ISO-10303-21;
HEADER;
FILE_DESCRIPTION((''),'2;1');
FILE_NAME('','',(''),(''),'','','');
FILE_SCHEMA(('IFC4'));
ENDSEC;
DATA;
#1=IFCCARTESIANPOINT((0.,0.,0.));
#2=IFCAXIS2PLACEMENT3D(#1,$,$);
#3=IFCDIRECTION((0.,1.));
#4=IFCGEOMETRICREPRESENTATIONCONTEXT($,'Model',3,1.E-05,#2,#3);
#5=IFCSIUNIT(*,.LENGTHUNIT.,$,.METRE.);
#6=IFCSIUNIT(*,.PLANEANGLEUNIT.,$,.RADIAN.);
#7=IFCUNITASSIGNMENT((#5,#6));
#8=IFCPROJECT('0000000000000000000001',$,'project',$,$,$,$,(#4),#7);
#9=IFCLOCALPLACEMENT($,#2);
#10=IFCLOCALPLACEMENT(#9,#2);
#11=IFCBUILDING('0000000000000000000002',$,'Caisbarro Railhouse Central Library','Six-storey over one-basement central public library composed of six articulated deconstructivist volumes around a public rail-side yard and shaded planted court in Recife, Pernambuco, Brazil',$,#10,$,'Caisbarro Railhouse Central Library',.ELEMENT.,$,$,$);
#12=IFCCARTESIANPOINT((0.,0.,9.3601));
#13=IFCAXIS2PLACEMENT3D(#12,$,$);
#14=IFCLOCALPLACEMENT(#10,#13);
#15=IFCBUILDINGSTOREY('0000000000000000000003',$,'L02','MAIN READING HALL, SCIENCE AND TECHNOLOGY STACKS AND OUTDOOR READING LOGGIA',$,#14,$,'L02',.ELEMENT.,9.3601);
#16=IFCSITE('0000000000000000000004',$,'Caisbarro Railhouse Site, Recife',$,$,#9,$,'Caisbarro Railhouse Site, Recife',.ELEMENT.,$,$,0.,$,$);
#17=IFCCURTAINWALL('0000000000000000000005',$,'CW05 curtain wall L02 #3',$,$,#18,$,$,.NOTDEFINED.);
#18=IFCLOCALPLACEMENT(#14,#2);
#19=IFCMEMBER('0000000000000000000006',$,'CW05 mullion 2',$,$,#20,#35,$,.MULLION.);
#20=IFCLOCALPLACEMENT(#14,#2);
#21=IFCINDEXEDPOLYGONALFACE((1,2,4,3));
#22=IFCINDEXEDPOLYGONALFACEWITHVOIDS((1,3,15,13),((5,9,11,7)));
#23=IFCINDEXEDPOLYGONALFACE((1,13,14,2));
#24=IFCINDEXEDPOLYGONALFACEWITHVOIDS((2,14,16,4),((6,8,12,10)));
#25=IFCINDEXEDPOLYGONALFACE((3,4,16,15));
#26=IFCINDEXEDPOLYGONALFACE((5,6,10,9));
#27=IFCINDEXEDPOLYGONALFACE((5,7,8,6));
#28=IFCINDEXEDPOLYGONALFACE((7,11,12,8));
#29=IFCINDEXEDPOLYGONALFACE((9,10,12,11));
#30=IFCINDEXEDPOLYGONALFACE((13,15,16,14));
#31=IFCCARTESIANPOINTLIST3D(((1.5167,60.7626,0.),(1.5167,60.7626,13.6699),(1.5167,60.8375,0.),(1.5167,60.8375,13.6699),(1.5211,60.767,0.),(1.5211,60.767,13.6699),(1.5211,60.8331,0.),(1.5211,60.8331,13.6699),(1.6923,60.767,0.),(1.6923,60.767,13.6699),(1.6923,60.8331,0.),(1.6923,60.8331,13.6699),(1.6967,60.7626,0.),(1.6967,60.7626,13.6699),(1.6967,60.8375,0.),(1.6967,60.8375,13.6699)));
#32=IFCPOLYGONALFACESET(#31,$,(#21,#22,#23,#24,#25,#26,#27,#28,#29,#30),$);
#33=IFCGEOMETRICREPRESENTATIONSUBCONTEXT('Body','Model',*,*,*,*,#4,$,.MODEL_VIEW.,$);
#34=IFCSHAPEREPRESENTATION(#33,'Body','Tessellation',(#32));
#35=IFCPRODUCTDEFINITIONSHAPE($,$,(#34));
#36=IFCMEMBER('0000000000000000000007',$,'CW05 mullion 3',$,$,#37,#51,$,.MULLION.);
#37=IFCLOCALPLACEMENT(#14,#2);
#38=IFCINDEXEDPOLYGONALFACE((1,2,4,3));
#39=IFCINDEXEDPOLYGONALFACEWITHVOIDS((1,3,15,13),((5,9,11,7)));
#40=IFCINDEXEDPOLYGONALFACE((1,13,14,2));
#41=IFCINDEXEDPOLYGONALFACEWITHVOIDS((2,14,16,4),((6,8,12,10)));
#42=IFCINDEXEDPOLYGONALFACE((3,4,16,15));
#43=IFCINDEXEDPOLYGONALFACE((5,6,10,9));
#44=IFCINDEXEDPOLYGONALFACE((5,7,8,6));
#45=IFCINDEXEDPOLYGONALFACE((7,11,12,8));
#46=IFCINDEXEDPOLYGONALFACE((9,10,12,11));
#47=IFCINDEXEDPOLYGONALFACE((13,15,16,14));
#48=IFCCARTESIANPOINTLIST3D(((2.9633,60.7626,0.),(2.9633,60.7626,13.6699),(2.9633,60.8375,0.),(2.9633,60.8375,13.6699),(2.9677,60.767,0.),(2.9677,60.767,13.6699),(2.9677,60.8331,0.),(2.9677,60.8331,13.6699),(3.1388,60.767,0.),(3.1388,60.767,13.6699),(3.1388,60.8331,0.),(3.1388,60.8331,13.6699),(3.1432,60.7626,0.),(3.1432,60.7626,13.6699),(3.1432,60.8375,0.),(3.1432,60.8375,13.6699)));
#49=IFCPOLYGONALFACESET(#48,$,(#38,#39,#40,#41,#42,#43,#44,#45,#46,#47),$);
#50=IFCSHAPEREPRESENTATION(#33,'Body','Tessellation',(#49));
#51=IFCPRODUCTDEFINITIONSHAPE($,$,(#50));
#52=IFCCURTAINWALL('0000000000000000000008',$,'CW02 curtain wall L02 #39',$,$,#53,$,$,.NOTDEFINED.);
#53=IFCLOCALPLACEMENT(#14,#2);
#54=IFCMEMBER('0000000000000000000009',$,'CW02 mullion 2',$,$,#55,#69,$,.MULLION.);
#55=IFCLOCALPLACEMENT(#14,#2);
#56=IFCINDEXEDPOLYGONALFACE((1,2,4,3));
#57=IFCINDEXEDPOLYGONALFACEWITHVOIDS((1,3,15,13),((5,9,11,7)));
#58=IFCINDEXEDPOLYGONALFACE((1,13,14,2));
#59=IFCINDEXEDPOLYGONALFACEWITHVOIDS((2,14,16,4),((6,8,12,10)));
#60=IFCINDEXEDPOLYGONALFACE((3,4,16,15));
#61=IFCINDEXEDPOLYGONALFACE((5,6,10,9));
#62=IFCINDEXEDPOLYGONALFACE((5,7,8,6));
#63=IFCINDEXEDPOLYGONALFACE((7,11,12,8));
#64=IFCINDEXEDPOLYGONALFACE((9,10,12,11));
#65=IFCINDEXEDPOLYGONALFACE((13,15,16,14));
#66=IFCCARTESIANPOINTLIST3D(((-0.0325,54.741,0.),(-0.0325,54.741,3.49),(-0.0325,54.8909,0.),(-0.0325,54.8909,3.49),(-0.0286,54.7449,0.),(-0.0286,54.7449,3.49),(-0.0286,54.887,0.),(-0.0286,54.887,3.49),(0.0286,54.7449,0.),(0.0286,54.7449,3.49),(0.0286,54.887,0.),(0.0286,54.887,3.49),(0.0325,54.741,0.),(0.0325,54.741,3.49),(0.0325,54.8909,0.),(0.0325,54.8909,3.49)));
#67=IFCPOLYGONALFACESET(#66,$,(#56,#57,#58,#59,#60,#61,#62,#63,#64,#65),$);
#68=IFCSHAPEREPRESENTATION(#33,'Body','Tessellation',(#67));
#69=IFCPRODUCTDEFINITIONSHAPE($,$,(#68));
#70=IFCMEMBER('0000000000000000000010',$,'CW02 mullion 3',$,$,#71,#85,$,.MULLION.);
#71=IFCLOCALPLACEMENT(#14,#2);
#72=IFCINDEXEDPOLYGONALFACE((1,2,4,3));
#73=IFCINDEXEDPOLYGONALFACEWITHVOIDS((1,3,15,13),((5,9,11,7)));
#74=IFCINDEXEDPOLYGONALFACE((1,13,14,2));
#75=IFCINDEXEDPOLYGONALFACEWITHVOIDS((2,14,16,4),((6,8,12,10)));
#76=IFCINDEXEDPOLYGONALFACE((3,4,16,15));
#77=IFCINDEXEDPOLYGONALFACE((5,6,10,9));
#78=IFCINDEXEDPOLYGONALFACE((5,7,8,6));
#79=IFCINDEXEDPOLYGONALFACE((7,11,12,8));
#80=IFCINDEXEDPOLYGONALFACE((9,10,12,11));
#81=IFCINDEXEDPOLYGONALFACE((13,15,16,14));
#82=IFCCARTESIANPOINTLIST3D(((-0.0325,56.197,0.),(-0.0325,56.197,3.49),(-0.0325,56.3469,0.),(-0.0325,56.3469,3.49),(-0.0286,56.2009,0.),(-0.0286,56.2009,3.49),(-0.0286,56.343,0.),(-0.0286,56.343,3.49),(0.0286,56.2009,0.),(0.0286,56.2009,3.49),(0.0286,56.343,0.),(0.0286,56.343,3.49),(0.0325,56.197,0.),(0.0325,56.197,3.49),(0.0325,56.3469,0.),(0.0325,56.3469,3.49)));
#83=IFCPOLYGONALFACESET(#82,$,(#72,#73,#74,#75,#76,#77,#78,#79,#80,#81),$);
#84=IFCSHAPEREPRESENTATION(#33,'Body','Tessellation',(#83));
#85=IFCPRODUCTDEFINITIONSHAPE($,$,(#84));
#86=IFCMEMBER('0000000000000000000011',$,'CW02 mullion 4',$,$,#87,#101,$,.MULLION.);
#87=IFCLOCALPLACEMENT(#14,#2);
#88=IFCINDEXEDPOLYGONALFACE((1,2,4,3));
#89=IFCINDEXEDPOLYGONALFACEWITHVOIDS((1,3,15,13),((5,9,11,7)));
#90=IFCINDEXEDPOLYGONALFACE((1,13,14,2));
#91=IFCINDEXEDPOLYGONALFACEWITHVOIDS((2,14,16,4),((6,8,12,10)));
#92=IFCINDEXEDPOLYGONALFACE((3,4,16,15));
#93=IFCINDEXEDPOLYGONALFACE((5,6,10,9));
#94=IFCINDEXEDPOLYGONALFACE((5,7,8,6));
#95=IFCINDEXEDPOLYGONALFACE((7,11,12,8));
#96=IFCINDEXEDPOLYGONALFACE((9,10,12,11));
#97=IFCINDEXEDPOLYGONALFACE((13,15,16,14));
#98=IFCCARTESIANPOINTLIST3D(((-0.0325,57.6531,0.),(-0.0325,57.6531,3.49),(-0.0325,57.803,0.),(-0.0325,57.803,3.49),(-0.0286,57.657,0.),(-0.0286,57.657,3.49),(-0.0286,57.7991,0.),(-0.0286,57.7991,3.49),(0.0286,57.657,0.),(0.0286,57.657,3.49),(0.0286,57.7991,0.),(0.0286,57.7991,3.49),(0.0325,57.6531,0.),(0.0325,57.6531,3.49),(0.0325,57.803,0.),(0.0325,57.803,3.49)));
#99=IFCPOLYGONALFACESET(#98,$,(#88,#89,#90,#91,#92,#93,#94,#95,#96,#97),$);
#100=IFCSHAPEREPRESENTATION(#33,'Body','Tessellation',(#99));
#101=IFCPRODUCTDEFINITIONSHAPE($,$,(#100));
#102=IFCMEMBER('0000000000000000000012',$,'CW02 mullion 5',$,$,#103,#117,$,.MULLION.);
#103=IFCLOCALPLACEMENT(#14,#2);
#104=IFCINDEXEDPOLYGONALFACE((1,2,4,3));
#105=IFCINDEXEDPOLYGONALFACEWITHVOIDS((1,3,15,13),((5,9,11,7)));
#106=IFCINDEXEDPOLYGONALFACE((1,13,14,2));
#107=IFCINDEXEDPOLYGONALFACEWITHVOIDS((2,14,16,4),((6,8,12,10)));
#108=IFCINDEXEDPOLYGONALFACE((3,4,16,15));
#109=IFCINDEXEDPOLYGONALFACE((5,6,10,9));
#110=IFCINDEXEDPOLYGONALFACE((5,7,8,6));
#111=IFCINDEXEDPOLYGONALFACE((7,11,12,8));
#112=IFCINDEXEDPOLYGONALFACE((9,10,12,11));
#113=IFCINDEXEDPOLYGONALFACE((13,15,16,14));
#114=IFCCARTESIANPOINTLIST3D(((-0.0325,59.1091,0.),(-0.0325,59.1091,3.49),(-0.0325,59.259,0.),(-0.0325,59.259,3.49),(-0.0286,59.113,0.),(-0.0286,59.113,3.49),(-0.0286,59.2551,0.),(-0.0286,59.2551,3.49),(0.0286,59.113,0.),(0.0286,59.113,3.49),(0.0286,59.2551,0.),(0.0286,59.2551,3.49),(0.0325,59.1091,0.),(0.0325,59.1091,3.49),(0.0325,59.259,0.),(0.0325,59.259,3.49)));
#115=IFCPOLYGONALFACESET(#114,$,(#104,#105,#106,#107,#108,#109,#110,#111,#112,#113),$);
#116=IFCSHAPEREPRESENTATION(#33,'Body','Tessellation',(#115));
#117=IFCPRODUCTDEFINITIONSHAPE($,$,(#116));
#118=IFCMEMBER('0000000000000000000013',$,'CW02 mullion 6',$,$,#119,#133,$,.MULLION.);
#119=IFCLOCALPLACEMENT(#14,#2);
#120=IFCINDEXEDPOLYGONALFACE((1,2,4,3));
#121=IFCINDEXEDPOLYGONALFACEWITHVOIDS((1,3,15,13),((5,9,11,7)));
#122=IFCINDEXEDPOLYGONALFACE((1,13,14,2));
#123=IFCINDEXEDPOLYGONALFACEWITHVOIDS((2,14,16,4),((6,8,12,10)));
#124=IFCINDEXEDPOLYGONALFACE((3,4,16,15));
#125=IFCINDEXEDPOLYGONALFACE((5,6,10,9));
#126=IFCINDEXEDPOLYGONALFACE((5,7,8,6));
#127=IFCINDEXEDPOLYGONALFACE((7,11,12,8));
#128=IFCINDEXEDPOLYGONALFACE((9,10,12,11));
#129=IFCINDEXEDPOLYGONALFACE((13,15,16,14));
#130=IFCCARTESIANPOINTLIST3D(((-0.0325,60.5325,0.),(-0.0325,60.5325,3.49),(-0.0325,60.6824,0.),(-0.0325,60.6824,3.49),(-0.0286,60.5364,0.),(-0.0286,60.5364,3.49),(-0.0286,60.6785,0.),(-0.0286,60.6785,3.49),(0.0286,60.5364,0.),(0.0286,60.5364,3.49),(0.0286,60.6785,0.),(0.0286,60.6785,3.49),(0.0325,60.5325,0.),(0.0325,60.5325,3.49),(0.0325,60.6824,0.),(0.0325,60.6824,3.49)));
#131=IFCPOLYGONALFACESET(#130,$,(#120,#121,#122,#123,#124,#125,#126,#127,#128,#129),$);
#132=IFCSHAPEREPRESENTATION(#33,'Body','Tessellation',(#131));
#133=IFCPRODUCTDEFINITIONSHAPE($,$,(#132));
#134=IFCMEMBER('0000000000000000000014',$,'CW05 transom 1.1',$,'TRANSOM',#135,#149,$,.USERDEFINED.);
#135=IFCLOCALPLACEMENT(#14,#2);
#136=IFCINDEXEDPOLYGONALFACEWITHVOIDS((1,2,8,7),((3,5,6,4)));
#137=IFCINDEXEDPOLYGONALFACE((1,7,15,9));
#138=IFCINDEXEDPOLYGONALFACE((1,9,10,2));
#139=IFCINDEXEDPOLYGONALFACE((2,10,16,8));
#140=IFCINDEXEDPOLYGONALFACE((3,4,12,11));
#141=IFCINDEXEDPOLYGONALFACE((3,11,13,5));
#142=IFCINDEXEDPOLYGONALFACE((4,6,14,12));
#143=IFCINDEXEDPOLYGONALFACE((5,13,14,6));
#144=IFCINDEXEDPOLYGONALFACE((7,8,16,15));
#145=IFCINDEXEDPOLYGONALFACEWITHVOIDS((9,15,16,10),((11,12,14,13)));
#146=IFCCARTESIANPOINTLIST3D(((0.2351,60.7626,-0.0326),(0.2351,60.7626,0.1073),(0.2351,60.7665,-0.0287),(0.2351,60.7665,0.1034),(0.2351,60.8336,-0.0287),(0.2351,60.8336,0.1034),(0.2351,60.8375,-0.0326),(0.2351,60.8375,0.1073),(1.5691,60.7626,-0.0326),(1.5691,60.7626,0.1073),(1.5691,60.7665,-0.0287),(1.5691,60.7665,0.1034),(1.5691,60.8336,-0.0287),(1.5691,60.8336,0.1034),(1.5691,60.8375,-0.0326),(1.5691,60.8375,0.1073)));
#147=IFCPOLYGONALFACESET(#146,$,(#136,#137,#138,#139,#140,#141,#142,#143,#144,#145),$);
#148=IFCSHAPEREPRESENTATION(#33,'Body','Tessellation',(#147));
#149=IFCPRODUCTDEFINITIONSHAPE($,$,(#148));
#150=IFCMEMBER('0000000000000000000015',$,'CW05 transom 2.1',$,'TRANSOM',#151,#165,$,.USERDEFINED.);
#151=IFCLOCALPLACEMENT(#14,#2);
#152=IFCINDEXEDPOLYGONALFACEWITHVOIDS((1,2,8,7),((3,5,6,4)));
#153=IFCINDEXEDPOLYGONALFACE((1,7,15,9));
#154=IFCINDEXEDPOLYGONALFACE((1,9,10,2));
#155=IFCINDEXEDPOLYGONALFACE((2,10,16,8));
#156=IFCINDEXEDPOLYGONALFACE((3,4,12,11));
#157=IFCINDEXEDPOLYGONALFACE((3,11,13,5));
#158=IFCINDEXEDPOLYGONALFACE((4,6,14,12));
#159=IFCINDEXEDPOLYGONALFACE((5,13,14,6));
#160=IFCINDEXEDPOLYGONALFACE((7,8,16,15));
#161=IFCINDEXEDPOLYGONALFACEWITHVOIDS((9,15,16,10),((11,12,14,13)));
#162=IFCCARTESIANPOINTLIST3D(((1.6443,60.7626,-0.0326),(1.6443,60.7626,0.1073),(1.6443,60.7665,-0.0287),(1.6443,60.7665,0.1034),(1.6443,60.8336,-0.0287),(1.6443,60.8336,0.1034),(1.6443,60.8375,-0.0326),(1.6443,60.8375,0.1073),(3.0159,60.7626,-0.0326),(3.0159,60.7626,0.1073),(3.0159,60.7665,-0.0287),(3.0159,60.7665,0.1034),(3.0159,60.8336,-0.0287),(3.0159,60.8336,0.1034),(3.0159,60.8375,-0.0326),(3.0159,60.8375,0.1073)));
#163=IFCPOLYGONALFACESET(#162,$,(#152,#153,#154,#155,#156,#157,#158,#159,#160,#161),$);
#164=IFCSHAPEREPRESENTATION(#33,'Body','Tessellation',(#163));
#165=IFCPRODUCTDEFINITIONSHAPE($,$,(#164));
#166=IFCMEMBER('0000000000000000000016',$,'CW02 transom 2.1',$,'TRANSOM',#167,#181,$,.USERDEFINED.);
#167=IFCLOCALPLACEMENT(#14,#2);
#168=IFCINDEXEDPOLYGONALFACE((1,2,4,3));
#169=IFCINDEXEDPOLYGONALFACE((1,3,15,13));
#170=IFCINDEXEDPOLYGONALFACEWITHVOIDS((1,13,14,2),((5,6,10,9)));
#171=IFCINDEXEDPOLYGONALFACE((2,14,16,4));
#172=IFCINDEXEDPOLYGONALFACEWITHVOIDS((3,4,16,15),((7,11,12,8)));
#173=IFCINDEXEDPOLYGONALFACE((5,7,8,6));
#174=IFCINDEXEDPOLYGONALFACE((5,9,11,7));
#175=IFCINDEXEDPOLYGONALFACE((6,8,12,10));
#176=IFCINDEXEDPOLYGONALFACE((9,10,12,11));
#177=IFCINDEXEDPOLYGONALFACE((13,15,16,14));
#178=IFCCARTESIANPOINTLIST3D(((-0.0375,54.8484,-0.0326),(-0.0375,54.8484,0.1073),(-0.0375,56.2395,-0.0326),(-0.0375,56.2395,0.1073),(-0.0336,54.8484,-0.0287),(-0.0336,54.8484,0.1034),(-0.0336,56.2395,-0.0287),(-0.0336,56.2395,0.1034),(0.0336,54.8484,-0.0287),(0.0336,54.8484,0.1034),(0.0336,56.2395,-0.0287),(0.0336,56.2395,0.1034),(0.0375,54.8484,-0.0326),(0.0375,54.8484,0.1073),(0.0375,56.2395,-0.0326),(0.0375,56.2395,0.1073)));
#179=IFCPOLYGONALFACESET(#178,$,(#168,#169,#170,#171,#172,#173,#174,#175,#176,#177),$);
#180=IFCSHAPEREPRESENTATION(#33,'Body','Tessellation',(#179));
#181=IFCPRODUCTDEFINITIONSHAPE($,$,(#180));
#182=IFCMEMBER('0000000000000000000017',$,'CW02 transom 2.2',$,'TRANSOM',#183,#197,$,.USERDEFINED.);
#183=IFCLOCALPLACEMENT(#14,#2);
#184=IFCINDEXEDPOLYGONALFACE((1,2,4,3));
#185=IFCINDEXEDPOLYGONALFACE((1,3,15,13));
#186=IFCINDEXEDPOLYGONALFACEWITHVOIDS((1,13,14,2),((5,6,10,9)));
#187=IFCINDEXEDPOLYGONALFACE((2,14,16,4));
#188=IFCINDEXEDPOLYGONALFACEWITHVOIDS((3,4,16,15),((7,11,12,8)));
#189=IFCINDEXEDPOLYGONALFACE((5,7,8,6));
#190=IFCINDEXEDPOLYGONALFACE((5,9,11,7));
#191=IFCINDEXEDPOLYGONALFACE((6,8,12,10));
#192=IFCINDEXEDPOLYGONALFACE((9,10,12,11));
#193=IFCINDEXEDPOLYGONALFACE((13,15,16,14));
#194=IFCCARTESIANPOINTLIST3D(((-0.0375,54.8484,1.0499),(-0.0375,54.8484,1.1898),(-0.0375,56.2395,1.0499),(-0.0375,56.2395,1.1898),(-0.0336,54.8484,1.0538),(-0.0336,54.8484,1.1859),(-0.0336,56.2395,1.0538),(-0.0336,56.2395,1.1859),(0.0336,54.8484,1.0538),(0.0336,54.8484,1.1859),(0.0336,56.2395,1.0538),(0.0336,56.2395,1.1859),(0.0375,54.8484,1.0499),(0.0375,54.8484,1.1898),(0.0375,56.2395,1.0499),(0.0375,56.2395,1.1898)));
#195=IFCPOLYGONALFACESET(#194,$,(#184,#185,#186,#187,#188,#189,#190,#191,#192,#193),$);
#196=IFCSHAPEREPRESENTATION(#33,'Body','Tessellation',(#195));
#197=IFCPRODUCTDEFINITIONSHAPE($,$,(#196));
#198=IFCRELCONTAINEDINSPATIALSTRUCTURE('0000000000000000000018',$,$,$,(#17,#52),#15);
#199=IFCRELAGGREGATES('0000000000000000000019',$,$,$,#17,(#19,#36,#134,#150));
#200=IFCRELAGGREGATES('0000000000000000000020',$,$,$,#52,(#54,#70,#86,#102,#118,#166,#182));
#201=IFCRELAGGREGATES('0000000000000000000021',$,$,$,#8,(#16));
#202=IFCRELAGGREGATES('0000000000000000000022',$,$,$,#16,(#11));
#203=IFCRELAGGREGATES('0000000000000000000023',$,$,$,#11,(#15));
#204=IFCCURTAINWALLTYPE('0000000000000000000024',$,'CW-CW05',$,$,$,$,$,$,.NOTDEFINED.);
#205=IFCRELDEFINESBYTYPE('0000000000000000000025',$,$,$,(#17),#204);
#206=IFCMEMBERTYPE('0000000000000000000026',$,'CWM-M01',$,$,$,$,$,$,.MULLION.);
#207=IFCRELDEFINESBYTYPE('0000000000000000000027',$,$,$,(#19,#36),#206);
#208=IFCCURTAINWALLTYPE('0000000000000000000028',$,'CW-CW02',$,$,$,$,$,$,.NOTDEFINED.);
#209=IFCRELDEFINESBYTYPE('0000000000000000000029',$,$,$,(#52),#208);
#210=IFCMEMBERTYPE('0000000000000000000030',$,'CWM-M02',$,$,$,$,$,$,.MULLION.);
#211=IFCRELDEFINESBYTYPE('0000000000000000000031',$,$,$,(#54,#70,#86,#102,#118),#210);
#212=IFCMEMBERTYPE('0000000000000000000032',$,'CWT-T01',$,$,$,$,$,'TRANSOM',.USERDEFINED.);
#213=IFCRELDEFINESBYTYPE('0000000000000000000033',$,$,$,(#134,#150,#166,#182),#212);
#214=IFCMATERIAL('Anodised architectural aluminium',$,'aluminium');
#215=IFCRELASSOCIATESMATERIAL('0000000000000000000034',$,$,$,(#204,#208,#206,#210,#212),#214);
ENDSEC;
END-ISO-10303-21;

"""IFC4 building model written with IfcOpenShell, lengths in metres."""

from ifc_helpers import new_model, si_unit, direction, frame, origin, origin_2d, place, context, subcontext, project, spatial, hollow_rectangle, extrude, material, material_profile, profile_set, type_object, element, aggregate, save


model = new_model("IFC4")

# Units and contexts
model_context = context("Model", 3, precision=1e-05, world=origin(), true_north=direction((0.0, 1.0)))
body_context = subcontext(model_context, "Body", "Model", "MODEL_VIEW")
ifc_project = project(units=[si_unit("LENGTHUNIT", "METRE"), si_unit("PLANEANGLEUNIT", "RADIAN")], contexts=[model_context])

# Site, building, storey
site_placement = place(None, origin())
site = spatial("IfcSite", under=ifc_project, at=site_placement, Name="Caisbarro Railhouse Site, Recife", LongName="Caisbarro Railhouse Site, Recife", CompositionType="ELEMENT", RefElevation=0.0)
building_placement = place(site_placement, origin())
building = spatial("IfcBuilding", under=site, at=building_placement, Name="Caisbarro Railhouse Central Library", Description="Six-storey over one-basement central public library composed of six articulated deconstructivist volumes around a public rail-side yard and shaded planted court in Recife, Pernambuco, Brazil", LongName="Caisbarro Railhouse Central Library", CompositionType="ELEMENT")
storey_placement = place(building_placement, frame((0.0, 0.0, 9.3601)))
storey = spatial("IfcBuildingStorey", under=building, at=storey_placement, Name="L02", Description="MAIN READING HALL, SCIENCE AND TECHNOLOGY STACKS AND OUTDOOR READING LOGGIA", LongName="L02", CompositionType="ELEMENT", Elevation=9.3601)

# Curtain walls, members
ifc_material_1 = material(Name="Anodised architectural aluminium", Category="aluminium")
curtain_wall_type_1 = type_object("IfcCurtainWallType", Name="CW-CW05", PredefinedType="NOTDEFINED", material=ifc_material_1)
curtain_wall_1_placement = place(storey_placement, origin())
curtain_wall_1 = element("IfcCurtainWall", 1, at=curtain_wall_1_placement, inside=storey, type_object=curtain_wall_type_1, Name="CW05 curtain wall L02 #3", PredefinedType="NOTDEFINED")
ifc_material_profile_1 = material_profile(ifc_material_1, hollow_rectangle(XDim=0.075, YDim=0.1799, WallThickness=0.0044, at=origin_2d()), Name="ALU-MUL-75X180")
ifc_profile_set_1 = profile_set([ifc_material_profile_1], Name="Anodised architectural aluminium")
member_type_1 = type_object("IfcMemberType", Name="CWM-M01", PredefinedType="MULLION", material=ifc_profile_set_1)
member_1_placement = place(storey_placement, frame((1.6067, 60.8, 0.0), z_axis=(0.0, 0.0, 1.0), x_axis=(0.0, 1.0, 0.0)))
member_1 = element("IfcMember", 2, at=member_1_placement, type_object=member_type_1, Name="CW05 mullion 2", PredefinedType="MULLION", context=body_context, shape_type="SweptSolid", body=[
    extrude(hollow_rectangle(XDim=0.075, YDim=0.1799, WallThickness=0.0044, at=origin_2d()), origin(), (0.0, 0.0, 1.0), 13.6699),
])
member_2_placement = place(storey_placement, frame((3.0532, 60.8, 0.0), z_axis=(0.0, 0.0, 1.0), x_axis=(0.0, 1.0, 0.0)))
member_2 = element("IfcMember", 3, at=member_2_placement, type_object=member_type_1, Name="CW05 mullion 3", PredefinedType="MULLION", context=body_context, shape_type="SweptSolid", body=[
    extrude(hollow_rectangle(XDim=0.075, YDim=0.1799, WallThickness=0.0044, at=origin_2d()), origin(), (0.0, 0.0, 1.0), 13.6699),
])
curtain_wall_type_2 = type_object("IfcCurtainWallType", Name="CW-CW02", PredefinedType="NOTDEFINED", material=ifc_material_1)
curtain_wall_2_placement = place(storey_placement, origin())
curtain_wall_2 = element("IfcCurtainWall", 4, at=curtain_wall_2_placement, inside=storey, type_object=curtain_wall_type_2, Name="CW02 curtain wall L02 #39", PredefinedType="NOTDEFINED")
ifc_material_profile_2 = material_profile(ifc_material_1, hollow_rectangle(XDim=0.0649, YDim=0.1499, WallThickness=0.0039, at=origin_2d()), Name="ALU-MUL-65X150")
ifc_profile_set_2 = profile_set([ifc_material_profile_2], Name="Anodised architectural aluminium")
member_type_2 = type_object("IfcMemberType", Name="CWM-M02", PredefinedType="MULLION", material=ifc_profile_set_2)
member_3_placement = place(storey_placement, frame((0.0, 54.8159, 0.0), z_axis=(0.0, 0.0, 1.0), x_axis=(-1.0, 0.0, 0.0)))
member_3 = element("IfcMember", 5, at=member_3_placement, type_object=member_type_2, Name="CW02 mullion 2", PredefinedType="MULLION", context=body_context, shape_type="SweptSolid", body=[
    extrude(hollow_rectangle(XDim=0.0649, YDim=0.1499, WallThickness=0.0039, at=origin_2d()), origin(), (0.0, 0.0, 1.0), 3.49),
])
member_4_placement = place(storey_placement, frame((0.0, 56.272, 0.0), z_axis=(0.0, 0.0, 1.0), x_axis=(-1.0, 0.0, 0.0)))
member_4 = element("IfcMember", 6, at=member_4_placement, type_object=member_type_2, Name="CW02 mullion 3", PredefinedType="MULLION", context=body_context, shape_type="SweptSolid", body=[
    extrude(hollow_rectangle(XDim=0.0649, YDim=0.1499, WallThickness=0.0039, at=origin_2d()), origin(), (0.0, 0.0, 1.0), 3.49),
])
member_5_placement = place(storey_placement, frame((0.0, 57.728, 0.0), z_axis=(0.0, 0.0, 1.0), x_axis=(-1.0, 0.0, 0.0)))
member_5 = element("IfcMember", 7, at=member_5_placement, type_object=member_type_2, Name="CW02 mullion 4", PredefinedType="MULLION", context=body_context, shape_type="SweptSolid", body=[
    extrude(hollow_rectangle(XDim=0.0649, YDim=0.1499, WallThickness=0.0039, at=origin_2d()), origin(), (0.0, 0.0, 1.0), 3.49),
])
member_6_placement = place(storey_placement, frame((0.0, 59.1841, 0.0), z_axis=(0.0, 0.0, 1.0), x_axis=(-1.0, 0.0, 0.0)))
member_6 = element("IfcMember", 8, at=member_6_placement, type_object=member_type_2, Name="CW02 mullion 5", PredefinedType="MULLION", context=body_context, shape_type="SweptSolid", body=[
    extrude(hollow_rectangle(XDim=0.0649, YDim=0.1499, WallThickness=0.0039, at=origin_2d()), origin(), (0.0, 0.0, 1.0), 3.49),
])
member_7_placement = place(storey_placement, frame((0.0, 60.6074, 0.0), z_axis=(0.0, 0.0, 1.0), x_axis=(-1.0, 0.0, 0.0)))
member_7 = element("IfcMember", 9, at=member_7_placement, type_object=member_type_2, Name="CW02 mullion 6", PredefinedType="MULLION", context=body_context, shape_type="SweptSolid", body=[
    extrude(hollow_rectangle(XDim=0.0649, YDim=0.1499, WallThickness=0.0039, at=origin_2d()), origin(), (0.0, 0.0, 1.0), 3.49),
])

# Members
ifc_material_profile_3 = material_profile(ifc_material_1, hollow_rectangle(XDim=0.075, YDim=0.1399, WallThickness=0.0039, at=origin_2d()), Name="ALU-TRN-75X140")
ifc_profile_set_3 = profile_set([ifc_material_profile_3], Name="Anodised architectural aluminium")
member_type_3 = type_object("IfcMemberType", Name="CWT-T01", ElementType="TRANSOM", PredefinedType="USERDEFINED", material=ifc_profile_set_3)
member_8_placement = place(storey_placement, frame((0.2351, 60.8, 0.0374), z_axis=(1.0, 0.0, 0.0), x_axis=(0.0, 1.0, 0.0)))
member_8 = element("IfcMember", 10, at=member_8_placement, type_object=member_type_3, Name="CW05 transom 1.1", ObjectType="TRANSOM", PredefinedType="USERDEFINED", context=body_context, shape_type="SweptSolid", body=[
    extrude(hollow_rectangle(XDim=0.075, YDim=0.1399, WallThickness=0.0039, at=origin_2d()), origin(), (0.0, 0.0, 1.0), 1.334),
])
member_9_placement = place(storey_placement, frame((1.6443, 60.8, 0.0374), z_axis=(1.0, 0.0, 0.0), x_axis=(0.0, 1.0, 0.0)))
member_9 = element("IfcMember", 11, at=member_9_placement, type_object=member_type_3, Name="CW05 transom 2.1", ObjectType="TRANSOM", PredefinedType="USERDEFINED", context=body_context, shape_type="SweptSolid", body=[
    extrude(hollow_rectangle(XDim=0.075, YDim=0.1399, WallThickness=0.0039, at=origin_2d()), origin(), (0.0, 0.0, 1.0), 1.3716),
])
member_10_placement = place(storey_placement, frame((0.0, 54.8484, 0.0374), z_axis=(0.0, 1.0, 0.0), x_axis=(-1.0, 0.0, 0.0)))
member_10 = element("IfcMember", 12, at=member_10_placement, type_object=member_type_3, Name="CW02 transom 2.1", ObjectType="TRANSOM", PredefinedType="USERDEFINED", context=body_context, shape_type="SweptSolid", body=[
    extrude(hollow_rectangle(XDim=0.075, YDim=0.1399, WallThickness=0.0039, at=origin_2d()), origin(), (0.0, 0.0, 1.0), 1.3911),
])
member_11_placement = place(storey_placement, frame((0.0, 54.8484, 1.1199), z_axis=(0.0, 1.0, 0.0), x_axis=(-1.0, 0.0, 0.0)))
member_11 = element("IfcMember", 13, at=member_11_placement, type_object=member_type_3, Name="CW02 transom 2.2", ObjectType="TRANSOM", PredefinedType="USERDEFINED", context=body_context, shape_type="SweptSolid", body=[
    extrude(hollow_rectangle(XDim=0.075, YDim=0.1399, WallThickness=0.0039, at=origin_2d()), origin(), (0.0, 0.0, 1.0), 1.3911),
])

aggregate(curtain_wall_1, [member_1, member_2, member_8, member_9])
aggregate(curtain_wall_2, [member_3, member_4, member_5, member_6, member_7, member_10, member_11])

save(model, "model.ifc")
